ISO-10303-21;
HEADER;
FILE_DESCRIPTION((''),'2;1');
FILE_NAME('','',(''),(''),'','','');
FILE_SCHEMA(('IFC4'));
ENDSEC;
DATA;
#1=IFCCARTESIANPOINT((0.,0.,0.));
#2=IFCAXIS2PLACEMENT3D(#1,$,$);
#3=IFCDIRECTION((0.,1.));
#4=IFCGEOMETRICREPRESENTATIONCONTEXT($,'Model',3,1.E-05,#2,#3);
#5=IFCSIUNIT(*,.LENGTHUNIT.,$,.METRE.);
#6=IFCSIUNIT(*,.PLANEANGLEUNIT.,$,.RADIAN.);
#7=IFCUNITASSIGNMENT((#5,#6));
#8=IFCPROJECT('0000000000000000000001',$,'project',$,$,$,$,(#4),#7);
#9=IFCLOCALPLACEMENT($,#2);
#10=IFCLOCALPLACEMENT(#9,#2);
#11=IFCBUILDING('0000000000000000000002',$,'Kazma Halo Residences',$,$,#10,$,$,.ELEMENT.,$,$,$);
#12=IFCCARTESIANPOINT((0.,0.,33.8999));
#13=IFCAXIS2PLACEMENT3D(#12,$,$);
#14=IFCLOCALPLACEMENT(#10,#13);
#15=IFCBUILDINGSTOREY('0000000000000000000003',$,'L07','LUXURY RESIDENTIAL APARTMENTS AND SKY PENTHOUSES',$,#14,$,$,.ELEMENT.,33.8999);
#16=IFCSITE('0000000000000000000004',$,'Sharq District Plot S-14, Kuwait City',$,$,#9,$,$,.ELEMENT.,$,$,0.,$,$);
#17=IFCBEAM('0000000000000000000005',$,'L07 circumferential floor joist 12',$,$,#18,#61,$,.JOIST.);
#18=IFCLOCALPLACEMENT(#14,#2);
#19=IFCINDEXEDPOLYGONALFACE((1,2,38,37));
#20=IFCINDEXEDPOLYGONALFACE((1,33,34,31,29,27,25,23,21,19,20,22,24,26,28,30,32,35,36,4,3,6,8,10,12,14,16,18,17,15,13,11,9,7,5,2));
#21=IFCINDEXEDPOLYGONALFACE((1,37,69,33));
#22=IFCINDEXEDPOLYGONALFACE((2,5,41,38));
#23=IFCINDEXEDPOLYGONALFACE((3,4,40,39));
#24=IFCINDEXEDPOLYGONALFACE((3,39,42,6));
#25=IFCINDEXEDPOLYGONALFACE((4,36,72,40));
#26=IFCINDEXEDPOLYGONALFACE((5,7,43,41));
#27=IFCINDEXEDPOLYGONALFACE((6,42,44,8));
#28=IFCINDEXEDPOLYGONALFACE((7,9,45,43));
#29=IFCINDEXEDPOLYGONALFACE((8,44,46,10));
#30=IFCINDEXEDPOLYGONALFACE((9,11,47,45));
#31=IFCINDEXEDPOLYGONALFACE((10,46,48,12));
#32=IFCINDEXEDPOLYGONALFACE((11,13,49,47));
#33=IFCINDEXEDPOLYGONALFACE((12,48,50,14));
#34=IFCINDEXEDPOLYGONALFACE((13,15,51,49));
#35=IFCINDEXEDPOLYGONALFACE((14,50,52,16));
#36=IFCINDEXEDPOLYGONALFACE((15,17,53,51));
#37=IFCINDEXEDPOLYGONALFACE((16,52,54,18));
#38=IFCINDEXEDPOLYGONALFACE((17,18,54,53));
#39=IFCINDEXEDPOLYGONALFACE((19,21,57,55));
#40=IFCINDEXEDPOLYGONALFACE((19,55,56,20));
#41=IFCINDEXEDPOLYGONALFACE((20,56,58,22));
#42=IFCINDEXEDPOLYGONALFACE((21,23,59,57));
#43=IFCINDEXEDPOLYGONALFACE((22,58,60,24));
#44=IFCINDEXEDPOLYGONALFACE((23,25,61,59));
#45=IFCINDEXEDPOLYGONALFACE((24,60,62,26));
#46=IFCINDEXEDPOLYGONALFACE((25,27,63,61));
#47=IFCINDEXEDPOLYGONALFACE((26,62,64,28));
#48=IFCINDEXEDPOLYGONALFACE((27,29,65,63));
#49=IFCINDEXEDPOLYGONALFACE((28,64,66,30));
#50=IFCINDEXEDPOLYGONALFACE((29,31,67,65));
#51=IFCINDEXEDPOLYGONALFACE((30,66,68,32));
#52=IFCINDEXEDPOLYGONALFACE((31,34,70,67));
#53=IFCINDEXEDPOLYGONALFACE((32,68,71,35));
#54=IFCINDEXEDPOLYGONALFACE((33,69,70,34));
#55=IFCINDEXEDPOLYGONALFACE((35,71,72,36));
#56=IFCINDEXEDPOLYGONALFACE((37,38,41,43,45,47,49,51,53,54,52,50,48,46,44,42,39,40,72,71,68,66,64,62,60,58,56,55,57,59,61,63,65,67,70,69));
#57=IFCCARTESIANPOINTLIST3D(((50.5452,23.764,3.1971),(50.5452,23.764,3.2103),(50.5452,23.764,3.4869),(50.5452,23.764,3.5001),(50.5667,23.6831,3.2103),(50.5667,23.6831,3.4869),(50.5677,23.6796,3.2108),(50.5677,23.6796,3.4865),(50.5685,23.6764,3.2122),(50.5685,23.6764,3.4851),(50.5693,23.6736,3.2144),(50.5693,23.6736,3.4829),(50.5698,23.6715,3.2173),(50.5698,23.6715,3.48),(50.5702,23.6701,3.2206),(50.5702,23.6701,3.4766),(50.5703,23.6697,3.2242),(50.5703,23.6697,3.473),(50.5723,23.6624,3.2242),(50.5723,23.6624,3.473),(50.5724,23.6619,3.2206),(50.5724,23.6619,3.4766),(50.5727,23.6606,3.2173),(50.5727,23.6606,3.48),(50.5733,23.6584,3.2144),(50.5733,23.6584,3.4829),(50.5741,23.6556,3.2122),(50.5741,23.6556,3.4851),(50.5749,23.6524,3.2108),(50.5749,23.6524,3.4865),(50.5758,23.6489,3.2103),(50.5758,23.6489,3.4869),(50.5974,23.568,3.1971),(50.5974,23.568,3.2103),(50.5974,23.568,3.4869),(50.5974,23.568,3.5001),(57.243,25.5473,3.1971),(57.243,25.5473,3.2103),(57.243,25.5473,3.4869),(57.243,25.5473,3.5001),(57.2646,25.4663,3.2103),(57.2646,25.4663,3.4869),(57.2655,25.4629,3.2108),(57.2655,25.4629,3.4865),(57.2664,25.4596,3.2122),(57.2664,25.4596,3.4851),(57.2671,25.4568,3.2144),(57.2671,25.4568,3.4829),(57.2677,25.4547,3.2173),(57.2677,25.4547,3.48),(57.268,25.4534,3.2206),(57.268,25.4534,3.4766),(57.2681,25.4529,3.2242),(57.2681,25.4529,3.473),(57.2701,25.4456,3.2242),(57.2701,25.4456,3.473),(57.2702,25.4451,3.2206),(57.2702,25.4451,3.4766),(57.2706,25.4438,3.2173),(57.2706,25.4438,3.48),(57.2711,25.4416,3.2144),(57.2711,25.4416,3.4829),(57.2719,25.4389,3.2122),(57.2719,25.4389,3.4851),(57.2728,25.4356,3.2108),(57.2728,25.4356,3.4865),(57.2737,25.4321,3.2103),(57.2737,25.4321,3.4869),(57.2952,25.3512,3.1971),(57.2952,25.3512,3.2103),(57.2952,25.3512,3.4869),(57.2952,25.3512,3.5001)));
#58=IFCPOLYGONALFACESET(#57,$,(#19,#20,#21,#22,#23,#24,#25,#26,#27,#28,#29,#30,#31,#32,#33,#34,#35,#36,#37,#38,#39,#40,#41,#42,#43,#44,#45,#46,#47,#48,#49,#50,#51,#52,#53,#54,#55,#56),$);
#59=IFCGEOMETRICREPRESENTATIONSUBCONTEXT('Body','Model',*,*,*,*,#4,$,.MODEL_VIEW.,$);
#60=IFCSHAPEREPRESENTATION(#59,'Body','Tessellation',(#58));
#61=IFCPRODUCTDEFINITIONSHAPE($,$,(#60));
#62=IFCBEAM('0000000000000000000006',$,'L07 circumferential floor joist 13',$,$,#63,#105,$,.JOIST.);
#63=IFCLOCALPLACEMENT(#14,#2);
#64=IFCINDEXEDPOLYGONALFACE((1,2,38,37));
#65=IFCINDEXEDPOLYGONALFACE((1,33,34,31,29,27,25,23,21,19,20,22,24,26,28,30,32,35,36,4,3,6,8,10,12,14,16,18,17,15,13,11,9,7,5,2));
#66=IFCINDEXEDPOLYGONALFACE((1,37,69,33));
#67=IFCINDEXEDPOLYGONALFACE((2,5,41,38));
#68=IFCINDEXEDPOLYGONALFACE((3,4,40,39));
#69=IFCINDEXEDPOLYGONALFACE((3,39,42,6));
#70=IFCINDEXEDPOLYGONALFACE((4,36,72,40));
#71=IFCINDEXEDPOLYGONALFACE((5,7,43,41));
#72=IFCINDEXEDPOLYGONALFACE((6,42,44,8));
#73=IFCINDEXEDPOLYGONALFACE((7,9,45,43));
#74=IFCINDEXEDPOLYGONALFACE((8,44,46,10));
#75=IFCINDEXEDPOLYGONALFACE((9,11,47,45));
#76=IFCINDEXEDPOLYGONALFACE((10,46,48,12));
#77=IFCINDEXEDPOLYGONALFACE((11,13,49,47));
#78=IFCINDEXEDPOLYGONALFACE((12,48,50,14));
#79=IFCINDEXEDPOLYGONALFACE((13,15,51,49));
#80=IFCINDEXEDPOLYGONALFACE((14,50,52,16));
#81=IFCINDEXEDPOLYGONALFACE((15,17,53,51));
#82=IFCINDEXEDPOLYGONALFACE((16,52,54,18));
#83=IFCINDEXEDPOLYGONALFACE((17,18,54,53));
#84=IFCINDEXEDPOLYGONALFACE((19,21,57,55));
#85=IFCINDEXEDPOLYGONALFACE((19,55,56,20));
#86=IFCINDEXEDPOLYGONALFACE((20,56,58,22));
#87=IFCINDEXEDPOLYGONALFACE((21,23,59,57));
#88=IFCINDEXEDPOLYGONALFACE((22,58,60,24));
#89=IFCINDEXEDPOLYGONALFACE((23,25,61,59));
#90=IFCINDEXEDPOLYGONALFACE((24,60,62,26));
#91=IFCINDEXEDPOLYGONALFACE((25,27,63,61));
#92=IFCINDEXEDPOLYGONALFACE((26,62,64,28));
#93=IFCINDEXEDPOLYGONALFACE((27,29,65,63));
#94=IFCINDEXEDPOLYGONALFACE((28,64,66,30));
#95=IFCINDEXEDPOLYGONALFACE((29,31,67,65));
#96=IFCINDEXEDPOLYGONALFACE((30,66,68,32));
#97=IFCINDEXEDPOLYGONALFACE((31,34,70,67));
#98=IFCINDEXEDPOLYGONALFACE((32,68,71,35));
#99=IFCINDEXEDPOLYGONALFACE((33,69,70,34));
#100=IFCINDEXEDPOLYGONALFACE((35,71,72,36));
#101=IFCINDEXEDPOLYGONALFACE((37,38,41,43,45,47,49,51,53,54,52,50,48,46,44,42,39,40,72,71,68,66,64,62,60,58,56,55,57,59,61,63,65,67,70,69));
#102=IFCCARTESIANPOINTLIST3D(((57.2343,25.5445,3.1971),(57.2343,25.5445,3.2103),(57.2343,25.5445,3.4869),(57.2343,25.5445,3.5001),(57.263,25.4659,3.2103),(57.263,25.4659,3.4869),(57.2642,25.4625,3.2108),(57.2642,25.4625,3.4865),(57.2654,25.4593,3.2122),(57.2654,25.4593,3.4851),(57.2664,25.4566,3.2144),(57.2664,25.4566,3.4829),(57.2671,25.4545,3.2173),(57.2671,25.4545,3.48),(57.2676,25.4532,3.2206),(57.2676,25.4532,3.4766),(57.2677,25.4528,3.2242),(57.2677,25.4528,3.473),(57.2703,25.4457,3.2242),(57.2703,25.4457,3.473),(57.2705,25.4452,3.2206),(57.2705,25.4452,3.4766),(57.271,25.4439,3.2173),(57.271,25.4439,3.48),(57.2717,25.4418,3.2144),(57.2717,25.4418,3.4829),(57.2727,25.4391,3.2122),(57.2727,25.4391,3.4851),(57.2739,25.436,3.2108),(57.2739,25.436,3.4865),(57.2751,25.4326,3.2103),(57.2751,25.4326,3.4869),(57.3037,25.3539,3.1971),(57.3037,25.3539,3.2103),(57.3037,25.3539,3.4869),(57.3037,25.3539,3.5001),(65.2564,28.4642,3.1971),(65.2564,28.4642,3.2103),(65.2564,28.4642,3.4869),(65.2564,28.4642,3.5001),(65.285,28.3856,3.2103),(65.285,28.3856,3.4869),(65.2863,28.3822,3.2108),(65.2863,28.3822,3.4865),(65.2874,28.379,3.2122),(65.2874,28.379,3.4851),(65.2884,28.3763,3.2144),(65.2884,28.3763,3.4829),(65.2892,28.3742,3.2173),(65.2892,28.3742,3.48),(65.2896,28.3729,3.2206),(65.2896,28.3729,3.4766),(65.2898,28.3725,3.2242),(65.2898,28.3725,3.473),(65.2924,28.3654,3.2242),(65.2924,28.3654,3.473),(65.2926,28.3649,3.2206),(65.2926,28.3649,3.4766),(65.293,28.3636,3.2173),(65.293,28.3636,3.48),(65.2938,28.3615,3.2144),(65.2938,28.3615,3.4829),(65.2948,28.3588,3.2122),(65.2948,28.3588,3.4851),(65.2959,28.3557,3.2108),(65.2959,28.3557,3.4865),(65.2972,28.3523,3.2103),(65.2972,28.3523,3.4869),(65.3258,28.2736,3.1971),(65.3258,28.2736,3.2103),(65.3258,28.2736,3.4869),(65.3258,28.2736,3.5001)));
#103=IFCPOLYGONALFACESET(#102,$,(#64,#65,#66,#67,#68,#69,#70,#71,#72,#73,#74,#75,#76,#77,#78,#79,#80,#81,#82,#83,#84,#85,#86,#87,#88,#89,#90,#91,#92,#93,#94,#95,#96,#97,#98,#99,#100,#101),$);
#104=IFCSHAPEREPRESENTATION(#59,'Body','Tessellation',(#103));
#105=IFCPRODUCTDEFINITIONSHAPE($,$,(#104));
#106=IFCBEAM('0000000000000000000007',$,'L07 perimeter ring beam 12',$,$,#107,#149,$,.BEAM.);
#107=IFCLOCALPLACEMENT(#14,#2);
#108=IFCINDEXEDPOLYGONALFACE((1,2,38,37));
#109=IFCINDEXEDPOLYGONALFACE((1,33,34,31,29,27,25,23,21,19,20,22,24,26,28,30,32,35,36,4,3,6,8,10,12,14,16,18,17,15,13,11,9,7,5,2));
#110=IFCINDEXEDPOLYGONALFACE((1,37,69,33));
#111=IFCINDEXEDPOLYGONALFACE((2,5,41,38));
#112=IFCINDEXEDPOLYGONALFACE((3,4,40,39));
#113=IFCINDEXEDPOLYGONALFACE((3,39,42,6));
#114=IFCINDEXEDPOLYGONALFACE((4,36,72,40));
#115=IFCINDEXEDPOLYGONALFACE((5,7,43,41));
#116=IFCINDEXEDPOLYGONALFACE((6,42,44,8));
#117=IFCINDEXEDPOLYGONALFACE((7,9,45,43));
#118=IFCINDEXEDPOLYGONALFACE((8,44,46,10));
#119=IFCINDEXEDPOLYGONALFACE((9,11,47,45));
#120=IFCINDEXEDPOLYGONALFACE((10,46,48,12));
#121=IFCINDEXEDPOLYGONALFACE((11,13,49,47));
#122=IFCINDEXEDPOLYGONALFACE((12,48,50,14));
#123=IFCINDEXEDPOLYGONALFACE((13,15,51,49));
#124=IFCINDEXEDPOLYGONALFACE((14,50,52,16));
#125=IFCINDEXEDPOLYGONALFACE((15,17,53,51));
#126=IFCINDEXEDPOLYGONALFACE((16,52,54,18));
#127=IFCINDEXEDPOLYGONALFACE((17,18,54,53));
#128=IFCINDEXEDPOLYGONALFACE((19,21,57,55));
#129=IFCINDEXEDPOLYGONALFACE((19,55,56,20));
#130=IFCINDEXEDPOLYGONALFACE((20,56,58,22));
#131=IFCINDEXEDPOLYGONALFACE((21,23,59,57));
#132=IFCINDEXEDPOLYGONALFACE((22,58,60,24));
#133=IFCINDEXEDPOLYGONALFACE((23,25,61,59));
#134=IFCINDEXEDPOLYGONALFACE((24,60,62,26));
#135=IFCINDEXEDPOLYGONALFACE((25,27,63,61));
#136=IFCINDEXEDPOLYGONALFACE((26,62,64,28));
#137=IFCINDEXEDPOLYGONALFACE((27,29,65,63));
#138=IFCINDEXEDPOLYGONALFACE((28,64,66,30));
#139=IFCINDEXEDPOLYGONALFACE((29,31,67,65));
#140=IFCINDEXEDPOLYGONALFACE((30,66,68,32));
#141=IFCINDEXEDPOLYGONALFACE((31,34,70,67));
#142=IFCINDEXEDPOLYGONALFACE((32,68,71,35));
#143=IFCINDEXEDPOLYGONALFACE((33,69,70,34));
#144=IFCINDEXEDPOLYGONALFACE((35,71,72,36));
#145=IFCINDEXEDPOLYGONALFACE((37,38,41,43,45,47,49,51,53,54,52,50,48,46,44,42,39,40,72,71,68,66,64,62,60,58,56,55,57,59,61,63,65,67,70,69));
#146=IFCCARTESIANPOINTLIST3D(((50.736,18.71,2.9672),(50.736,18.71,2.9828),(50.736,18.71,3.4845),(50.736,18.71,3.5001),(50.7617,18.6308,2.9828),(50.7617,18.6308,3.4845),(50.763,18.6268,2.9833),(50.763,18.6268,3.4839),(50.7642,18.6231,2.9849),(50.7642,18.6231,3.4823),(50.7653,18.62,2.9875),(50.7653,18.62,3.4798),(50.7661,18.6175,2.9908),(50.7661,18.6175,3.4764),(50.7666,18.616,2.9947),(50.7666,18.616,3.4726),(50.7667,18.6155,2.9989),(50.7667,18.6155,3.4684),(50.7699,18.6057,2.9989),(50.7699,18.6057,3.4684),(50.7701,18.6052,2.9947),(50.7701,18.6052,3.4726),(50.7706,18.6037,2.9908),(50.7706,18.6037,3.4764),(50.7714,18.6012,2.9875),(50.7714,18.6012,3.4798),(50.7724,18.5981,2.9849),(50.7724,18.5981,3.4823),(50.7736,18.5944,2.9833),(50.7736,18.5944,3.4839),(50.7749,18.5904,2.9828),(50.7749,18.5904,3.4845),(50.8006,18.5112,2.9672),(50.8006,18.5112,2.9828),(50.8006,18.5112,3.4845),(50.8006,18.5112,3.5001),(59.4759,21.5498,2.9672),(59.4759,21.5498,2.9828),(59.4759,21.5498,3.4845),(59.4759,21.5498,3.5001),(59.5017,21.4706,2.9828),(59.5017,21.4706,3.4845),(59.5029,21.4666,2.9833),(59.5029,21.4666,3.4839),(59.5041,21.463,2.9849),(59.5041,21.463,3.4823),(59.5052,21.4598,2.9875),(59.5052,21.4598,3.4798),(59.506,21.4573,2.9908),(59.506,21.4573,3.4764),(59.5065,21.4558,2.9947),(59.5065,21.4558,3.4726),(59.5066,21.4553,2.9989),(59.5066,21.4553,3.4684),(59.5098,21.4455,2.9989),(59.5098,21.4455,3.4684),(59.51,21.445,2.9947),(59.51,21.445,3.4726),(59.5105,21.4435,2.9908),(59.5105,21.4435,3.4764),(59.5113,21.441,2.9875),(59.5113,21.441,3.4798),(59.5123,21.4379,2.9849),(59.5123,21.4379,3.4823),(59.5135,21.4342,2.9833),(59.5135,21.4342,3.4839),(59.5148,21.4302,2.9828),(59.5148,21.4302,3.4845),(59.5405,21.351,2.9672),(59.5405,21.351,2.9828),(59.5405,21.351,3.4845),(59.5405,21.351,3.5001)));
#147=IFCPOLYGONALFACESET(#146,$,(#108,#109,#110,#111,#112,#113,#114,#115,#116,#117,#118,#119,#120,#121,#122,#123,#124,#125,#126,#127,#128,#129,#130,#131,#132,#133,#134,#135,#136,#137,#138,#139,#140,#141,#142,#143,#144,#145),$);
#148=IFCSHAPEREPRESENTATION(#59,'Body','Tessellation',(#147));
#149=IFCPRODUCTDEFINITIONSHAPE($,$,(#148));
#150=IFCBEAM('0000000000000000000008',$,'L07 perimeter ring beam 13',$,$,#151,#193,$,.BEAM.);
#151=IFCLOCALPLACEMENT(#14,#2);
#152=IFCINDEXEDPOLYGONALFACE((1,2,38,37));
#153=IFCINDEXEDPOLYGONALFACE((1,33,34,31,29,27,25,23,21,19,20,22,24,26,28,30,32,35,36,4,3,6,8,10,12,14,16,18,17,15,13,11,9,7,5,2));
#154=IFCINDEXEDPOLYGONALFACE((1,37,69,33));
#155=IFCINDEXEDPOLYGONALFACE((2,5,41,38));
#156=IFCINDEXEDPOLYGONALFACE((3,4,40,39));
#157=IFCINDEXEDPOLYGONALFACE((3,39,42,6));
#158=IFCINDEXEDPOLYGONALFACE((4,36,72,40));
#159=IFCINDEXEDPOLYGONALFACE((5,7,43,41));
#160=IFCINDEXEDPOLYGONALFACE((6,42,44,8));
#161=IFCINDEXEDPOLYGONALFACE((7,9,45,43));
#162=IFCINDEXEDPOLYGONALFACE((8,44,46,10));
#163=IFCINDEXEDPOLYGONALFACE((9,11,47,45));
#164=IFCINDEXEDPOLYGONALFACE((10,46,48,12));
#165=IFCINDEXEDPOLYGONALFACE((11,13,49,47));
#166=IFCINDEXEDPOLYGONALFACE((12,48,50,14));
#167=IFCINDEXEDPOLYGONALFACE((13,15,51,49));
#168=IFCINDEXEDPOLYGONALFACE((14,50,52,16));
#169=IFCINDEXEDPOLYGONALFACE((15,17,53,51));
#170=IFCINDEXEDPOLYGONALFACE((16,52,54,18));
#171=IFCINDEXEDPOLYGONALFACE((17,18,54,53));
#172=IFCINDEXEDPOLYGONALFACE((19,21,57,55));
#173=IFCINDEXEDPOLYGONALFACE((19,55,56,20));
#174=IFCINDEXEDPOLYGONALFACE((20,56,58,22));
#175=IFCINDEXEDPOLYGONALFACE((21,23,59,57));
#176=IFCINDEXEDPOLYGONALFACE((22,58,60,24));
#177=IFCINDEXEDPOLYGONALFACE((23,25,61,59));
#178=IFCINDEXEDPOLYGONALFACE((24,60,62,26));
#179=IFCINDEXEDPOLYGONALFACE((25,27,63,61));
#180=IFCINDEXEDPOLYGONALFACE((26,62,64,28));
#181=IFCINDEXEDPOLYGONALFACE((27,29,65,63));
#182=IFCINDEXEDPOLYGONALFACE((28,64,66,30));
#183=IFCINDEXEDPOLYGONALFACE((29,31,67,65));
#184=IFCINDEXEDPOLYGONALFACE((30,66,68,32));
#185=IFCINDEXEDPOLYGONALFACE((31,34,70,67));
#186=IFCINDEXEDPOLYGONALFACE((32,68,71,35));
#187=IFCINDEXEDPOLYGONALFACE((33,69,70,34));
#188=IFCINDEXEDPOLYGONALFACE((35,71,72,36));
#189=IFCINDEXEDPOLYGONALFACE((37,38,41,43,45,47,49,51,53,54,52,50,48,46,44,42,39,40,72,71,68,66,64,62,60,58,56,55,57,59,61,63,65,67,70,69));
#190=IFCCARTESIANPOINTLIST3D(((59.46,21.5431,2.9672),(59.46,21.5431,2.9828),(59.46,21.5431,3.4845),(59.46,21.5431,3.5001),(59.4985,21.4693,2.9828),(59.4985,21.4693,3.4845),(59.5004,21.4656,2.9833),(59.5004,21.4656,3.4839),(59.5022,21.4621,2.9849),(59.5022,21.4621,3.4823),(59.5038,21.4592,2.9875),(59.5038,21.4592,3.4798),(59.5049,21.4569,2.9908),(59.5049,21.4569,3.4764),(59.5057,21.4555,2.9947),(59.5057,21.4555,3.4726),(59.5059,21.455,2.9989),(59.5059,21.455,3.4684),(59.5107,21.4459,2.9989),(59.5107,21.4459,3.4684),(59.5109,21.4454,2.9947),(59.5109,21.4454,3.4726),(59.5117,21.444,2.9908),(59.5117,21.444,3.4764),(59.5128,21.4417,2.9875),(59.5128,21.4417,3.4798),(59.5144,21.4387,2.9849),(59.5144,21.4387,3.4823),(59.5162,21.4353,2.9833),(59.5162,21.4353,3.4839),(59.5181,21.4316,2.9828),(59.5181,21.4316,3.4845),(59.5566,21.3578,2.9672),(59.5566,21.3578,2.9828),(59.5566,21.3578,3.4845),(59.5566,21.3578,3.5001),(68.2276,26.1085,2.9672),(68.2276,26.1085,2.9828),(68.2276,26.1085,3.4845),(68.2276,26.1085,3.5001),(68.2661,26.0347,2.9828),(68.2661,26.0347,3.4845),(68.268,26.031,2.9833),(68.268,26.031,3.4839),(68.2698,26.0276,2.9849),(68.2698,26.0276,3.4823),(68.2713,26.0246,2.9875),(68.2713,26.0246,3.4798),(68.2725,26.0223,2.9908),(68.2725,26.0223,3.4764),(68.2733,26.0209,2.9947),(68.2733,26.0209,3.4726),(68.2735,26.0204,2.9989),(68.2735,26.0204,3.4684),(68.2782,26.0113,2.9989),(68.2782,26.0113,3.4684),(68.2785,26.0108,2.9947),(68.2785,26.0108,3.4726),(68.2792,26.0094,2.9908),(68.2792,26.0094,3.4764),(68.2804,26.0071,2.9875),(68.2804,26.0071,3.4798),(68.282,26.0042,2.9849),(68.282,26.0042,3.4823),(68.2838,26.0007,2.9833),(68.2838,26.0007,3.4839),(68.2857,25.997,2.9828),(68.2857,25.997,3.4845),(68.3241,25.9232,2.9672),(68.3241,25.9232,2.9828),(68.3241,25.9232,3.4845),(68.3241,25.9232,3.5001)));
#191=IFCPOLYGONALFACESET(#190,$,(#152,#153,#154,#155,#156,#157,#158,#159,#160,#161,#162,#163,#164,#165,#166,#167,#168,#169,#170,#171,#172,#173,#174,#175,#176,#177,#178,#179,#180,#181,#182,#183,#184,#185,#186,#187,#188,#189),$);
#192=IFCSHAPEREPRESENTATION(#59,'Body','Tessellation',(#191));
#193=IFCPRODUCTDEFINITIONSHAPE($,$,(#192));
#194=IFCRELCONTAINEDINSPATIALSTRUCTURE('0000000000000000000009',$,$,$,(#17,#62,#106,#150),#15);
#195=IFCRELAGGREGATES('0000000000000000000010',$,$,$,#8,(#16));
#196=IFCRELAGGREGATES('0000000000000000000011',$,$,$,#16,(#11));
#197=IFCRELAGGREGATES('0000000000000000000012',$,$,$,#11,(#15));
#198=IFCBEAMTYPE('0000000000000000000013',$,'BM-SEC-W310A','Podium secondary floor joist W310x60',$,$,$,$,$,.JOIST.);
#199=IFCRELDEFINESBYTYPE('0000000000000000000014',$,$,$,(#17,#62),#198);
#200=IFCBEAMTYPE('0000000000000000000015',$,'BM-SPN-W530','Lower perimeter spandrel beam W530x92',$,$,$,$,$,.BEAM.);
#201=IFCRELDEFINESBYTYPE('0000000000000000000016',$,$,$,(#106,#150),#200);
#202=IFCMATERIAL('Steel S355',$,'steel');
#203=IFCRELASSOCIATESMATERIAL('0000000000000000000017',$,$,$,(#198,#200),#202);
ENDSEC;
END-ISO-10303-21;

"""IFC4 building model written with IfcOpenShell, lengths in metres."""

from ifc_helpers import new_model, si_unit, direction, frame, origin, origin_2d, place, context, subcontext, project, spatial, i_section, extrude, material, material_profile, profile_set, type_object, element, save


model = new_model("IFC4")

# Units and contexts
model_context = context("Model", 3, precision=1e-05, world=origin(), true_north=direction((0.0, 1.0)))
body_context = subcontext(model_context, "Body", "Model", "MODEL_VIEW")
ifc_project = project(units=[si_unit("LENGTHUNIT", "METRE"), si_unit("PLANEANGLEUNIT", "RADIAN")], contexts=[model_context])

# Site, building, storey
site_placement = place(None, origin())
site = spatial("IfcSite", under=ifc_project, at=site_placement, Name="Sharq District Plot S-14, Kuwait City", CompositionType="ELEMENT", RefElevation=0.0)
building_placement = place(site_placement, origin())
building = spatial("IfcBuilding", under=site, at=building_placement, Name="Kazma Halo Residences", CompositionType="ELEMENT")
storey_placement = place(building_placement, frame((0.0, 0.0, 33.8999)))
storey = spatial("IfcBuildingStorey", under=building, at=storey_placement, Name="L07", Description="LUXURY RESIDENTIAL APARTMENTS AND SKY PENTHOUSES", CompositionType="ELEMENT", Elevation=33.8999)

# Beams
ifc_material_1 = material(Name="Steel S355", Category="steel")
ifc_material_profile_1 = material_profile(ifc_material_1, i_section(OverallWidth=0.2029, OverallDepth=0.303, WebThickness=0.0076, FlangeThickness=0.0132, FilletRadius=0.0139, at=origin_2d()), Name="W310x60")
ifc_profile_set_1 = profile_set([ifc_material_profile_1], Name="Steel S355")
beam_type_1 = type_object("IfcBeamType", Name="BM-SEC-W310A", Description="Podium secondary floor joist W310x60", PredefinedType="JOIST", material=ifc_profile_set_1)
beam_1_placement = place(storey_placement, frame((50.5713, 23.666, 3.3486), z_axis=(0.966338, 0.257277, 0.0), x_axis=(-0.257277, 0.966338, 0.0)))
element("IfcBeam", 1, at=beam_1_placement, inside=storey, type_object=beam_type_1, Name="L07 circumferential floor joist 12", PredefinedType="JOIST", context=body_context, shape_type="SweptSolid", body=[
    extrude(i_section(OverallWidth=0.2029, OverallDepth=0.303, WebThickness=0.0076, FlangeThickness=0.0132, FilletRadius=0.0139, at=origin_2d()), origin(), (0.0, 0.0, 1.0), 6.9312),
])
beam_2_placement = place(storey_placement, frame((57.269, 25.4492, 3.3486), z_axis=(0.939696, 0.342012, 0.0), x_axis=(-0.342012, 0.939696, 0.0)))
element("IfcBeam", 2, at=beam_2_placement, inside=storey, type_object=beam_type_1, Name="L07 circumferential floor joist 13", PredefinedType="JOIST", context=body_context, shape_type="SweptSolid", body=[
    extrude(i_section(OverallWidth=0.2029, OverallDepth=0.303, WebThickness=0.0076, FlangeThickness=0.0132, FilletRadius=0.0139, at=origin_2d()), origin(), (0.0, 0.0, 1.0), 8.5369),
])
ifc_material_profile_2 = material_profile(ifc_material_1, i_section(OverallWidth=0.209, OverallDepth=0.533, WebThickness=0.0103, FlangeThickness=0.0156, FilletRadius=0.0161, at=origin_2d()), Name="W530x92")
ifc_profile_set_2 = profile_set([ifc_material_profile_2], Name="Steel S355")
beam_type_2 = type_object("IfcBeamType", Name="BM-SPN-W530", Description="Lower perimeter spandrel beam W530x92", PredefinedType="BEAM", material=ifc_profile_set_2)
beam_3_placement = place(storey_placement, frame((50.7683, 18.6106, 3.2336), z_axis=(0.951055, 0.309022, 0.0), x_axis=(-0.309022, 0.951055, 0.0)))
element("IfcBeam", 3, at=beam_3_placement, inside=storey, type_object=beam_type_2, Name="L07 perimeter ring beam 12", PredefinedType="BEAM", context=body_context, shape_type="SweptSolid", body=[
    extrude(i_section(OverallWidth=0.209, OverallDepth=0.533, WebThickness=0.0103, FlangeThickness=0.0156, FilletRadius=0.0161, at=origin_2d()), origin(), (0.0, 0.0, 1.0), 9.1897),
])
beam_4_placement = place(storey_placement, frame((59.5083, 21.4504, 3.2336), z_axis=(0.886956, 0.461853, 0.0), x_axis=(-0.461853, 0.886956, 0.0)))
element("IfcBeam", 4, at=beam_4_placement, inside=storey, type_object=beam_type_2, Name="L07 perimeter ring beam 13", PredefinedType="BEAM", context=body_context, shape_type="SweptSolid", body=[
    extrude(i_section(OverallWidth=0.209, OverallDepth=0.533, WebThickness=0.0103, FlangeThickness=0.0156, FilletRadius=0.0161, at=origin_2d()), origin(), (0.0, 0.0, 1.0), 9.885),
])

save(model, "model.ifc")
